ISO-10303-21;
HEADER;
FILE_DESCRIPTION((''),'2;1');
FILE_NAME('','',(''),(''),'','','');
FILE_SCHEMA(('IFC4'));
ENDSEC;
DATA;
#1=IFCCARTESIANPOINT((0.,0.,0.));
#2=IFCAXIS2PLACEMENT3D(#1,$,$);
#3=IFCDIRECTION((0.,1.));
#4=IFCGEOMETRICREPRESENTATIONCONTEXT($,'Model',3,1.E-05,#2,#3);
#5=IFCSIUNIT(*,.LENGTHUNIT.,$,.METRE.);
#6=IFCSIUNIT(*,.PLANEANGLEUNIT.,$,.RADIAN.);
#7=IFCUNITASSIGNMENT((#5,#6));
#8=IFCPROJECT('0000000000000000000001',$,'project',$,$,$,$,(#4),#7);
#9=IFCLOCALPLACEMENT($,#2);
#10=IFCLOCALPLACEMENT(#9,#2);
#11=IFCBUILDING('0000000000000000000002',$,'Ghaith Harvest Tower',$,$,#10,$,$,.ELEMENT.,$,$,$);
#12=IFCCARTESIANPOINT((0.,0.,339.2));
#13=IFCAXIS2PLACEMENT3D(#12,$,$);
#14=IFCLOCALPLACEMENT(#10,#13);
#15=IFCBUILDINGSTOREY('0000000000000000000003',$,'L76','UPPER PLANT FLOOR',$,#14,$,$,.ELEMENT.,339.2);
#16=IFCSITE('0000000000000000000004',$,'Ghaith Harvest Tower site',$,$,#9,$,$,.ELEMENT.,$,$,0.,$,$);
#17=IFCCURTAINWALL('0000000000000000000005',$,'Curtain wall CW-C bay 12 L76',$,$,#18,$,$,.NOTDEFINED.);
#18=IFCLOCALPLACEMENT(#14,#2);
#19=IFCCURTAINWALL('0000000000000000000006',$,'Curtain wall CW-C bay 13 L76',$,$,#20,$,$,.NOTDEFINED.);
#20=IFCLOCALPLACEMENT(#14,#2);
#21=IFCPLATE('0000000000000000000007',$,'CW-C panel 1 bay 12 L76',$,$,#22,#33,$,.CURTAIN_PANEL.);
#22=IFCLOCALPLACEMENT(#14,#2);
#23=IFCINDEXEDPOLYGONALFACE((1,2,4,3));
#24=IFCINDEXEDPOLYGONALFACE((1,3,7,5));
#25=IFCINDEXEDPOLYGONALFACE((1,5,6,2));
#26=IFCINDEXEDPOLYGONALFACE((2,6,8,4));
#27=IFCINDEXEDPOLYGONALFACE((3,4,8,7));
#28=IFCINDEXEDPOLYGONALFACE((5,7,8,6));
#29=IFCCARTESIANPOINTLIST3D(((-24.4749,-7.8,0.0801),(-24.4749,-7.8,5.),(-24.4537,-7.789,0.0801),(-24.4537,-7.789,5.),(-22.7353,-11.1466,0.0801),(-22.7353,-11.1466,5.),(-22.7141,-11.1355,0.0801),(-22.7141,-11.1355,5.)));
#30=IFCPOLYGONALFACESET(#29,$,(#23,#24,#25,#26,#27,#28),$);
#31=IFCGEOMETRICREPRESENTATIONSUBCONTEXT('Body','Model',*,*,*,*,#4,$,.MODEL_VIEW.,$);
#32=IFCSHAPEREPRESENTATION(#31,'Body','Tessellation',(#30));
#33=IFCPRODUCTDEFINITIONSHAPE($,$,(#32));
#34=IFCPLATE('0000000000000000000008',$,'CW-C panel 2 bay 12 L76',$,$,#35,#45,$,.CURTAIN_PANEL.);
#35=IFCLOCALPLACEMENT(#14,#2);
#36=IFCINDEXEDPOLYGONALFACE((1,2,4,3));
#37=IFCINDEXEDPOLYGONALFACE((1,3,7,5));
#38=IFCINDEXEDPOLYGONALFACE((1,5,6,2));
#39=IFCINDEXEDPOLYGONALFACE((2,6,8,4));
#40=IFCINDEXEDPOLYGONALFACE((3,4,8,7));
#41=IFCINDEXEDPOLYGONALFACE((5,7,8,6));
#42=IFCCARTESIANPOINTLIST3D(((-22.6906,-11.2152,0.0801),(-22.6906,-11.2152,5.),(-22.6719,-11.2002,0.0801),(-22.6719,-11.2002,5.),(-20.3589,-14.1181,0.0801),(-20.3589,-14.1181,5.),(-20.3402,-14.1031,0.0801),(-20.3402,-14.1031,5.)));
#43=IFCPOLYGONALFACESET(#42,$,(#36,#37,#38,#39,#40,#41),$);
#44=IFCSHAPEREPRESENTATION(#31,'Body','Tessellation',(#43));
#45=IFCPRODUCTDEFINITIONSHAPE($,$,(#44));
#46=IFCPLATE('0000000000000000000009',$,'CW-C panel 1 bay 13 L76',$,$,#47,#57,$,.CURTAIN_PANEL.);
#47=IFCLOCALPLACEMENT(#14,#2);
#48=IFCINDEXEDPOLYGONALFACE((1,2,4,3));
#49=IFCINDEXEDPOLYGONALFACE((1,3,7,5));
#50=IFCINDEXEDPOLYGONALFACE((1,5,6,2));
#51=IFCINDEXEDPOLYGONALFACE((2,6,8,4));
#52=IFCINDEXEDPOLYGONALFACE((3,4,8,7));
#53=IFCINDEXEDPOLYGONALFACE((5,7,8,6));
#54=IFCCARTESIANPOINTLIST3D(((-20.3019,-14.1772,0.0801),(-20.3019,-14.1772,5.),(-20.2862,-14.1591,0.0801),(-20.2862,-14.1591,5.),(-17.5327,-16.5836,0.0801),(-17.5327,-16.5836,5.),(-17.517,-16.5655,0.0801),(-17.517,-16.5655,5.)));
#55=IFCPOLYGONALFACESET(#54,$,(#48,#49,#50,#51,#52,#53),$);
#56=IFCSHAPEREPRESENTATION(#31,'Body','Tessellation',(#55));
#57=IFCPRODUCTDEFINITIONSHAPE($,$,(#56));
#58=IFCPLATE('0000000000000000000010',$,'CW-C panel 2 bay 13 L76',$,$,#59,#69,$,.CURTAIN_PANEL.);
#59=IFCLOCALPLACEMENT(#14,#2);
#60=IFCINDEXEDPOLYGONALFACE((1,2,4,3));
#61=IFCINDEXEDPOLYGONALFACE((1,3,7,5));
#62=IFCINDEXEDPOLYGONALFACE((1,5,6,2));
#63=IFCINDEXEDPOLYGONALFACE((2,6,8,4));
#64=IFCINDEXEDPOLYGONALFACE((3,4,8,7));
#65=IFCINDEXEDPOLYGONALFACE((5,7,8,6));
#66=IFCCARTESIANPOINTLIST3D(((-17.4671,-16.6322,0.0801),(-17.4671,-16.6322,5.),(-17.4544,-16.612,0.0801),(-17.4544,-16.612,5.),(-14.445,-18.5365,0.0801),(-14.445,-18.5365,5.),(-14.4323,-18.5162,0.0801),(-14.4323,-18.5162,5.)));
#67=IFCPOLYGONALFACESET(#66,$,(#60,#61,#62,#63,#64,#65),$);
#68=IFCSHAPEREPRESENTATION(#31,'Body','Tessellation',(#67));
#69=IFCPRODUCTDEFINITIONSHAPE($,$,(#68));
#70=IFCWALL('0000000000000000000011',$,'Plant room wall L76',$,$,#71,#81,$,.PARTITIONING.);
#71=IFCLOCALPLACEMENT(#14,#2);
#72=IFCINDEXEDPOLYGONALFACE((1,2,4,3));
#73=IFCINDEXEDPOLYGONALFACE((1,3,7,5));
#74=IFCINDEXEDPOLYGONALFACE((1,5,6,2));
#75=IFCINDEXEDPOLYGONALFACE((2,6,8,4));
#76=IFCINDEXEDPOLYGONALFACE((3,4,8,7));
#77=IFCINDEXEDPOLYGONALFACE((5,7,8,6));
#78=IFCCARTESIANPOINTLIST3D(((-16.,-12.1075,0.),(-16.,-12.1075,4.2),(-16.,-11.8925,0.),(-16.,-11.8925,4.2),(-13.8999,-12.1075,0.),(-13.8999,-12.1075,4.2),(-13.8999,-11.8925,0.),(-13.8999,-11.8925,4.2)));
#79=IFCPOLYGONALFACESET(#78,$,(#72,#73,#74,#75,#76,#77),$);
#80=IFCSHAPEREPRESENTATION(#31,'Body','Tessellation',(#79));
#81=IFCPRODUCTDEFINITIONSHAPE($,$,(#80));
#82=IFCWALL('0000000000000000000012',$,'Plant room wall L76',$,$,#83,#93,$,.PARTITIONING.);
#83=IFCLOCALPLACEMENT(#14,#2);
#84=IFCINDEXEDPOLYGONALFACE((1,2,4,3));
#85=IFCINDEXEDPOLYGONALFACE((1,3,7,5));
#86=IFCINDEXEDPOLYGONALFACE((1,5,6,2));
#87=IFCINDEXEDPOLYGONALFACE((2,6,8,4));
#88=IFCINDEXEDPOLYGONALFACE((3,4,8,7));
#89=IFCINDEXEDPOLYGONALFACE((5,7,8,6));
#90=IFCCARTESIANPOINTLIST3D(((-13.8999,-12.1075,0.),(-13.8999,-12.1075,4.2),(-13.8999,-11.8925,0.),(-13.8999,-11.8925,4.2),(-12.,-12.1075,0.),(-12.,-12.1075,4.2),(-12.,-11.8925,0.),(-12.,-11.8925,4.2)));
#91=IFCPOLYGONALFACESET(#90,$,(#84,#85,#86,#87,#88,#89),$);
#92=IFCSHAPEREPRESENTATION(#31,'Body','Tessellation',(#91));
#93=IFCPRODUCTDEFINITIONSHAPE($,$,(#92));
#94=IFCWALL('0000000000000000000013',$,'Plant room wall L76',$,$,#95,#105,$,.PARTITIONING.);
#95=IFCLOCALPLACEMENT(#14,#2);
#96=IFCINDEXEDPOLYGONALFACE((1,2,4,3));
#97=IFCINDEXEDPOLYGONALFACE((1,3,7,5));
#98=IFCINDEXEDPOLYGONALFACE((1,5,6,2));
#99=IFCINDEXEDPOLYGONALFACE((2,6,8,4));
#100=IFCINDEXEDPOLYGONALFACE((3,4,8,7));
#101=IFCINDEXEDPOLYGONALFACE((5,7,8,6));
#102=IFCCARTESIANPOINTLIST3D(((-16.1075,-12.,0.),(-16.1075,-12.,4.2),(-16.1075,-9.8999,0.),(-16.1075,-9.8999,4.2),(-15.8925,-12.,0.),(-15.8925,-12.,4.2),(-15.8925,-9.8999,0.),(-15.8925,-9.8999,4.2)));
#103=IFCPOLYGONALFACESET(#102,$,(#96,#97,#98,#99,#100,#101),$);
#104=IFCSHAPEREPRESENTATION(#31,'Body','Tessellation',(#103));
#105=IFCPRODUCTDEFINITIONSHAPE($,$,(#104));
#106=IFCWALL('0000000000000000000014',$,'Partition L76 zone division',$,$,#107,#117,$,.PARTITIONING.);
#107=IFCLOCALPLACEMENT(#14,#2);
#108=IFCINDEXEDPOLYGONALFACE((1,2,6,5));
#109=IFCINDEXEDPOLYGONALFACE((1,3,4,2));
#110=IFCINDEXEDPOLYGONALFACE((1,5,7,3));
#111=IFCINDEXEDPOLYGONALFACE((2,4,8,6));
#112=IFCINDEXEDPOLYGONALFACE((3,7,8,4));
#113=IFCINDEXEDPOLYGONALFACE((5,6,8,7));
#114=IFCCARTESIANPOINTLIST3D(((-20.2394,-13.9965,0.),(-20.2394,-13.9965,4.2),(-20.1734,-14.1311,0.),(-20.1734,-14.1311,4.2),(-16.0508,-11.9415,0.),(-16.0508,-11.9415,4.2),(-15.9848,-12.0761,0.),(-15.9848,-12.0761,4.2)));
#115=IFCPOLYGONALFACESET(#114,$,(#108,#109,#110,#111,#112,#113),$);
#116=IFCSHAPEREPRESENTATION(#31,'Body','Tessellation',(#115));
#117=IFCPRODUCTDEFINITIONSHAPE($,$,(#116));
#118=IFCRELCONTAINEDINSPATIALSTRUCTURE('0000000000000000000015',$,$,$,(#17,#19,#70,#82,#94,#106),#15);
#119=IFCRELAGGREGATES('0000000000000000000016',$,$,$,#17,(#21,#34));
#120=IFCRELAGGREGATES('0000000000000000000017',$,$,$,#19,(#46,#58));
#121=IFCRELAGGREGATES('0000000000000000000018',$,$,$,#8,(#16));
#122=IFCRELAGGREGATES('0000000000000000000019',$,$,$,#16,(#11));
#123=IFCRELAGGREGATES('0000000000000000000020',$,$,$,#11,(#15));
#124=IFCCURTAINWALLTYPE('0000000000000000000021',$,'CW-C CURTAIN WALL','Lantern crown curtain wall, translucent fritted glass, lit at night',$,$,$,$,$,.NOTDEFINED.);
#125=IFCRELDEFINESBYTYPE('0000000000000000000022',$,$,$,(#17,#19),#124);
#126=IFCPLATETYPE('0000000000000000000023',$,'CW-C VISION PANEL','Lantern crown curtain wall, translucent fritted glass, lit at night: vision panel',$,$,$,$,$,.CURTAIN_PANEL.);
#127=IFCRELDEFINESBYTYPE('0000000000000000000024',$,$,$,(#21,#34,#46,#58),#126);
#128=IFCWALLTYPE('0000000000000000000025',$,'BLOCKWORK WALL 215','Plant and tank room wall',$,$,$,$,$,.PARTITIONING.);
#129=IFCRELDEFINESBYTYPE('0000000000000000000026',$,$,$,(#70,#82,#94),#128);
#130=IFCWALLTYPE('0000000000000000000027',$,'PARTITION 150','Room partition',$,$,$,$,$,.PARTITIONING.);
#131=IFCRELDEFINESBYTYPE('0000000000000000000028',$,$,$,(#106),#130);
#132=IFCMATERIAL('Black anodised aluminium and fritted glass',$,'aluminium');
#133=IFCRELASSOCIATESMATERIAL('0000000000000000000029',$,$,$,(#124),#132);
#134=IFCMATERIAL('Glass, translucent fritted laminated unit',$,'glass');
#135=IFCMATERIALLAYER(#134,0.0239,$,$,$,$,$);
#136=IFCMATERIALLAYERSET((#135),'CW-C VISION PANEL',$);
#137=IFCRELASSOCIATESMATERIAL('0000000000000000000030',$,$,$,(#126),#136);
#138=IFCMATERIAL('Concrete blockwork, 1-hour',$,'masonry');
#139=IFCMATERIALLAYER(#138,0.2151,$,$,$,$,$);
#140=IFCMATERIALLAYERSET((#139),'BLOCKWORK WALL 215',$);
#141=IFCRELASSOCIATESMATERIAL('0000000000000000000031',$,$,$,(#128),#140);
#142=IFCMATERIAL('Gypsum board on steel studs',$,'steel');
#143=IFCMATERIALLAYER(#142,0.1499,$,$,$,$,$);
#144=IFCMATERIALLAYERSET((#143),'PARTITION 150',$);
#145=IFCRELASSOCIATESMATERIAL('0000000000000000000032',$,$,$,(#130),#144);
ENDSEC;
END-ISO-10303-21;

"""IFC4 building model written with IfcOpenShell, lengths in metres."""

from ifc_helpers import new_model, si_unit, direction, frame, frame_2d, origin, origin_2d, place, context, subcontext, project, spatial, rectangle, extrude, material, layer, layer_set, type_object, element, aggregate, save


model = new_model("IFC4")

# Units and contexts
model_context = context("Model", 3, precision=1e-05, world=origin(), true_north=direction((0.0, 1.0)))
body_context = subcontext(model_context, "Body", "Model", "MODEL_VIEW")
ifc_project = project(units=[si_unit("LENGTHUNIT", "METRE"), si_unit("PLANEANGLEUNIT", "RADIAN")], contexts=[model_context])

# Site, building, storey
site_placement = place(None, origin())
site = spatial("IfcSite", under=ifc_project, at=site_placement, Name="Ghaith Harvest Tower site", CompositionType="ELEMENT", RefElevation=0.0)
building_placement = place(site_placement, origin())
building = spatial("IfcBuilding", under=site, at=building_placement, Name="Ghaith Harvest Tower", CompositionType="ELEMENT")
storey_placement = place(building_placement, frame((0.0, 0.0, 339.2)))
storey = spatial("IfcBuildingStorey", under=building, at=storey_placement, Name="L76", Description="UPPER PLANT FLOOR", CompositionType="ELEMENT", Elevation=339.2)

# Curtain wall
ifc_material_1 = material(Name="Black anodised aluminium and fritted glass", Category="aluminium")
curtain_wall_type = type_object("IfcCurtainWallType", Name="CW-C CURTAIN WALL", Description="Lantern crown curtain wall, translucent fritted glass, lit at night", PredefinedType="NOTDEFINED", material=ifc_material_1)
curtain_wall_1_placement = place(storey_placement, origin())
curtain_wall_1 = element("IfcCurtainWall", 1, at=curtain_wall_1_placement, inside=storey, type_object=curtain_wall_type, Name="Curtain wall CW-C bay 12 L76", PredefinedType="NOTDEFINED")

# Curtain wall
curtain_wall_2_placement = place(storey_placement, origin())
curtain_wall_2 = element("IfcCurtainWall", 2, at=curtain_wall_2_placement, inside=storey, type_object=curtain_wall_type, Name="Curtain wall CW-C bay 13 L76", PredefinedType="NOTDEFINED")

# Plates
ifc_material_2 = material(Name="Glass, translucent fritted laminated unit", Category="glass")
ifc_layer_1 = layer(ifc_material_2, 0.0239)
ifc_layer_set_1 = layer_set([ifc_layer_1], Name="CW-C VISION PANEL")
plate_type = type_object("IfcPlateType", Name="CW-C VISION PANEL", Description="Lantern crown curtain wall, translucent fritted glass, lit at night: vision panel", PredefinedType="CURTAIN_PANEL", material=ifc_layer_set_1)
plate_1_placement = place(storey_placement, frame((-23.5945, -9.4678, 0.0801), z_axis=(0.0, 0.0, 1.0), x_axis=(0.46123, -0.887281, 0.0)))
plate_1 = element("IfcPlate", 3, at=plate_1_placement, type_object=plate_type, Name="CW-C panel 1 bay 12 L76", PredefinedType="CURTAIN_PANEL", context=body_context, shape_type="SweptSolid", body=[
    extrude(rectangle(XDim=3.7717, YDim=0.0239, at=origin_2d()), origin(), (0.0, 0.0, 1.0), 4.9199),
])
plate_2_placement = place(storey_placement, frame((-21.5154, -12.6592, 0.0801), z_axis=(0.0, 0.0, 1.0), x_axis=(0.62623, -0.779639, 0.0)))
plate_2 = element("IfcPlate", 4, at=plate_2_placement, type_object=plate_type, Name="CW-C panel 2 bay 12 L76", PredefinedType="CURTAIN_PANEL", context=body_context, shape_type="SweptSolid", body=[
    extrude(rectangle(XDim=3.7234, YDim=0.0239, at=origin_2d()), origin(), (0.0, 0.0, 1.0), 4.9199),
])
aggregate(curtain_wall_1, [plate_1, plate_2])
plate_3_placement = place(storey_placement, frame((-18.9094, -15.3713, 0.0801), z_axis=(0.0, 0.0, 1.0), x_axis=(0.754829, -0.655922, 0.0)))
plate_3 = element("IfcPlate", 5, at=plate_3_placement, type_object=plate_type, Name="CW-C panel 1 bay 13 L76", PredefinedType="CURTAIN_PANEL", context=body_context, shape_type="SweptSolid", body=[
    extrude(rectangle(XDim=3.6687, YDim=0.0239, at=origin_2d()), origin(), (0.0, 0.0, 1.0), 4.9199),
])
plate_4_placement = place(storey_placement, frame((-15.9497, -17.5742, 0.0801), z_axis=(0.0, 0.0, 1.0), x_axis=(0.846043, -0.533114, 0.0)))
plate_4 = element("IfcPlate", 6, at=plate_4_placement, type_object=plate_type, Name="CW-C panel 2 bay 13 L76", PredefinedType="CURTAIN_PANEL", context=body_context, shape_type="SweptSolid", body=[
    extrude(rectangle(XDim=3.572, YDim=0.0239, at=origin_2d()), origin(), (0.0, 0.0, 1.0), 4.9199),
])
aggregate(curtain_wall_2, [plate_3, plate_4])

# Walls
ifc_material_3 = material(Name="Concrete blockwork, 1-hour", Category="masonry")
ifc_layer_2 = layer(ifc_material_3, 0.2151)
ifc_layer_set_2 = layer_set([ifc_layer_2], Name="BLOCKWORK WALL 215")
wall_type_1 = type_object("IfcWallType", Name="BLOCKWORK WALL 215", Description="Plant and tank room wall", PredefinedType="PARTITIONING", material=ifc_layer_set_2)
wall_1_placement = place(storey_placement, frame((-16.0, -12.0, 0.0), z_axis=(0.0, 0.0, 1.0), x_axis=(1.0, 0.0, 0.0)))
element("IfcWall", 7, at=wall_1_placement, inside=storey, type_object=wall_type_1, Name="Plant room wall L76", PredefinedType="PARTITIONING", context=body_context, shape_type="SweptSolid", body=[
    extrude(rectangle(XDim=2.1001, YDim=0.2151, at=frame_2d((1.05, 0.0))), origin(), (0.0, 0.0, 1.0), 4.2),
])
wall_2_placement = place(storey_placement, frame((-13.8999, -12.0, 0.0), z_axis=(0.0, 0.0, 1.0), x_axis=(1.0, 0.0, 0.0)))
element("IfcWall", 8, at=wall_2_placement, inside=storey, type_object=wall_type_1, Name="Plant room wall L76", PredefinedType="PARTITIONING", context=body_context, shape_type="SweptSolid", body=[
    extrude(rectangle(XDim=1.8999, YDim=0.2151, at=frame_2d((0.95, 0.0))), origin(), (0.0, 0.0, 1.0), 4.2),
])
wall_3_placement = place(storey_placement, frame((-16.0, -9.8999, 0.0), z_axis=(0.0, 0.0, 1.0), x_axis=(0.0, -1.0, 0.0)))
element("IfcWall", 9, at=wall_3_placement, inside=storey, type_object=wall_type_1, Name="Plant room wall L76", PredefinedType="PARTITIONING", context=body_context, shape_type="SweptSolid", body=[
    extrude(rectangle(XDim=2.1001, YDim=0.2151, at=frame_2d((1.05, 0.0))), origin(), (0.0, 0.0, 1.0), 4.2),
])
ifc_material_4 = material(Name="Gypsum board on steel studs", Category="steel")
ifc_layer_3 = layer(ifc_material_4, 0.1499)
ifc_layer_set_3 = layer_set([ifc_layer_3], Name="PARTITION 150")
wall_type_2 = type_object("IfcWallType", Name="PARTITION 150", Description="Room partition", PredefinedType="PARTITIONING", material=ifc_layer_set_3)
wall_4_placement = place(storey_placement, frame((-16.0178, -12.0088, 0.0), z_axis=(0.0, 0.0, 1.0), x_axis=(-0.897772, -0.440461, 0.0)))
element("IfcWall", 10, at=wall_4_placement, inside=storey, type_object=wall_type_2, Name="Partition L76 zone division", PredefinedType="PARTITIONING", context=body_context, shape_type="SweptSolid", body=[
    extrude(rectangle(XDim=4.6655, YDim=0.1499, at=frame_2d((2.3328, 0.0))), origin(), (0.0, 0.0, 1.0), 4.2),
])

save(model, "model.ifc")
